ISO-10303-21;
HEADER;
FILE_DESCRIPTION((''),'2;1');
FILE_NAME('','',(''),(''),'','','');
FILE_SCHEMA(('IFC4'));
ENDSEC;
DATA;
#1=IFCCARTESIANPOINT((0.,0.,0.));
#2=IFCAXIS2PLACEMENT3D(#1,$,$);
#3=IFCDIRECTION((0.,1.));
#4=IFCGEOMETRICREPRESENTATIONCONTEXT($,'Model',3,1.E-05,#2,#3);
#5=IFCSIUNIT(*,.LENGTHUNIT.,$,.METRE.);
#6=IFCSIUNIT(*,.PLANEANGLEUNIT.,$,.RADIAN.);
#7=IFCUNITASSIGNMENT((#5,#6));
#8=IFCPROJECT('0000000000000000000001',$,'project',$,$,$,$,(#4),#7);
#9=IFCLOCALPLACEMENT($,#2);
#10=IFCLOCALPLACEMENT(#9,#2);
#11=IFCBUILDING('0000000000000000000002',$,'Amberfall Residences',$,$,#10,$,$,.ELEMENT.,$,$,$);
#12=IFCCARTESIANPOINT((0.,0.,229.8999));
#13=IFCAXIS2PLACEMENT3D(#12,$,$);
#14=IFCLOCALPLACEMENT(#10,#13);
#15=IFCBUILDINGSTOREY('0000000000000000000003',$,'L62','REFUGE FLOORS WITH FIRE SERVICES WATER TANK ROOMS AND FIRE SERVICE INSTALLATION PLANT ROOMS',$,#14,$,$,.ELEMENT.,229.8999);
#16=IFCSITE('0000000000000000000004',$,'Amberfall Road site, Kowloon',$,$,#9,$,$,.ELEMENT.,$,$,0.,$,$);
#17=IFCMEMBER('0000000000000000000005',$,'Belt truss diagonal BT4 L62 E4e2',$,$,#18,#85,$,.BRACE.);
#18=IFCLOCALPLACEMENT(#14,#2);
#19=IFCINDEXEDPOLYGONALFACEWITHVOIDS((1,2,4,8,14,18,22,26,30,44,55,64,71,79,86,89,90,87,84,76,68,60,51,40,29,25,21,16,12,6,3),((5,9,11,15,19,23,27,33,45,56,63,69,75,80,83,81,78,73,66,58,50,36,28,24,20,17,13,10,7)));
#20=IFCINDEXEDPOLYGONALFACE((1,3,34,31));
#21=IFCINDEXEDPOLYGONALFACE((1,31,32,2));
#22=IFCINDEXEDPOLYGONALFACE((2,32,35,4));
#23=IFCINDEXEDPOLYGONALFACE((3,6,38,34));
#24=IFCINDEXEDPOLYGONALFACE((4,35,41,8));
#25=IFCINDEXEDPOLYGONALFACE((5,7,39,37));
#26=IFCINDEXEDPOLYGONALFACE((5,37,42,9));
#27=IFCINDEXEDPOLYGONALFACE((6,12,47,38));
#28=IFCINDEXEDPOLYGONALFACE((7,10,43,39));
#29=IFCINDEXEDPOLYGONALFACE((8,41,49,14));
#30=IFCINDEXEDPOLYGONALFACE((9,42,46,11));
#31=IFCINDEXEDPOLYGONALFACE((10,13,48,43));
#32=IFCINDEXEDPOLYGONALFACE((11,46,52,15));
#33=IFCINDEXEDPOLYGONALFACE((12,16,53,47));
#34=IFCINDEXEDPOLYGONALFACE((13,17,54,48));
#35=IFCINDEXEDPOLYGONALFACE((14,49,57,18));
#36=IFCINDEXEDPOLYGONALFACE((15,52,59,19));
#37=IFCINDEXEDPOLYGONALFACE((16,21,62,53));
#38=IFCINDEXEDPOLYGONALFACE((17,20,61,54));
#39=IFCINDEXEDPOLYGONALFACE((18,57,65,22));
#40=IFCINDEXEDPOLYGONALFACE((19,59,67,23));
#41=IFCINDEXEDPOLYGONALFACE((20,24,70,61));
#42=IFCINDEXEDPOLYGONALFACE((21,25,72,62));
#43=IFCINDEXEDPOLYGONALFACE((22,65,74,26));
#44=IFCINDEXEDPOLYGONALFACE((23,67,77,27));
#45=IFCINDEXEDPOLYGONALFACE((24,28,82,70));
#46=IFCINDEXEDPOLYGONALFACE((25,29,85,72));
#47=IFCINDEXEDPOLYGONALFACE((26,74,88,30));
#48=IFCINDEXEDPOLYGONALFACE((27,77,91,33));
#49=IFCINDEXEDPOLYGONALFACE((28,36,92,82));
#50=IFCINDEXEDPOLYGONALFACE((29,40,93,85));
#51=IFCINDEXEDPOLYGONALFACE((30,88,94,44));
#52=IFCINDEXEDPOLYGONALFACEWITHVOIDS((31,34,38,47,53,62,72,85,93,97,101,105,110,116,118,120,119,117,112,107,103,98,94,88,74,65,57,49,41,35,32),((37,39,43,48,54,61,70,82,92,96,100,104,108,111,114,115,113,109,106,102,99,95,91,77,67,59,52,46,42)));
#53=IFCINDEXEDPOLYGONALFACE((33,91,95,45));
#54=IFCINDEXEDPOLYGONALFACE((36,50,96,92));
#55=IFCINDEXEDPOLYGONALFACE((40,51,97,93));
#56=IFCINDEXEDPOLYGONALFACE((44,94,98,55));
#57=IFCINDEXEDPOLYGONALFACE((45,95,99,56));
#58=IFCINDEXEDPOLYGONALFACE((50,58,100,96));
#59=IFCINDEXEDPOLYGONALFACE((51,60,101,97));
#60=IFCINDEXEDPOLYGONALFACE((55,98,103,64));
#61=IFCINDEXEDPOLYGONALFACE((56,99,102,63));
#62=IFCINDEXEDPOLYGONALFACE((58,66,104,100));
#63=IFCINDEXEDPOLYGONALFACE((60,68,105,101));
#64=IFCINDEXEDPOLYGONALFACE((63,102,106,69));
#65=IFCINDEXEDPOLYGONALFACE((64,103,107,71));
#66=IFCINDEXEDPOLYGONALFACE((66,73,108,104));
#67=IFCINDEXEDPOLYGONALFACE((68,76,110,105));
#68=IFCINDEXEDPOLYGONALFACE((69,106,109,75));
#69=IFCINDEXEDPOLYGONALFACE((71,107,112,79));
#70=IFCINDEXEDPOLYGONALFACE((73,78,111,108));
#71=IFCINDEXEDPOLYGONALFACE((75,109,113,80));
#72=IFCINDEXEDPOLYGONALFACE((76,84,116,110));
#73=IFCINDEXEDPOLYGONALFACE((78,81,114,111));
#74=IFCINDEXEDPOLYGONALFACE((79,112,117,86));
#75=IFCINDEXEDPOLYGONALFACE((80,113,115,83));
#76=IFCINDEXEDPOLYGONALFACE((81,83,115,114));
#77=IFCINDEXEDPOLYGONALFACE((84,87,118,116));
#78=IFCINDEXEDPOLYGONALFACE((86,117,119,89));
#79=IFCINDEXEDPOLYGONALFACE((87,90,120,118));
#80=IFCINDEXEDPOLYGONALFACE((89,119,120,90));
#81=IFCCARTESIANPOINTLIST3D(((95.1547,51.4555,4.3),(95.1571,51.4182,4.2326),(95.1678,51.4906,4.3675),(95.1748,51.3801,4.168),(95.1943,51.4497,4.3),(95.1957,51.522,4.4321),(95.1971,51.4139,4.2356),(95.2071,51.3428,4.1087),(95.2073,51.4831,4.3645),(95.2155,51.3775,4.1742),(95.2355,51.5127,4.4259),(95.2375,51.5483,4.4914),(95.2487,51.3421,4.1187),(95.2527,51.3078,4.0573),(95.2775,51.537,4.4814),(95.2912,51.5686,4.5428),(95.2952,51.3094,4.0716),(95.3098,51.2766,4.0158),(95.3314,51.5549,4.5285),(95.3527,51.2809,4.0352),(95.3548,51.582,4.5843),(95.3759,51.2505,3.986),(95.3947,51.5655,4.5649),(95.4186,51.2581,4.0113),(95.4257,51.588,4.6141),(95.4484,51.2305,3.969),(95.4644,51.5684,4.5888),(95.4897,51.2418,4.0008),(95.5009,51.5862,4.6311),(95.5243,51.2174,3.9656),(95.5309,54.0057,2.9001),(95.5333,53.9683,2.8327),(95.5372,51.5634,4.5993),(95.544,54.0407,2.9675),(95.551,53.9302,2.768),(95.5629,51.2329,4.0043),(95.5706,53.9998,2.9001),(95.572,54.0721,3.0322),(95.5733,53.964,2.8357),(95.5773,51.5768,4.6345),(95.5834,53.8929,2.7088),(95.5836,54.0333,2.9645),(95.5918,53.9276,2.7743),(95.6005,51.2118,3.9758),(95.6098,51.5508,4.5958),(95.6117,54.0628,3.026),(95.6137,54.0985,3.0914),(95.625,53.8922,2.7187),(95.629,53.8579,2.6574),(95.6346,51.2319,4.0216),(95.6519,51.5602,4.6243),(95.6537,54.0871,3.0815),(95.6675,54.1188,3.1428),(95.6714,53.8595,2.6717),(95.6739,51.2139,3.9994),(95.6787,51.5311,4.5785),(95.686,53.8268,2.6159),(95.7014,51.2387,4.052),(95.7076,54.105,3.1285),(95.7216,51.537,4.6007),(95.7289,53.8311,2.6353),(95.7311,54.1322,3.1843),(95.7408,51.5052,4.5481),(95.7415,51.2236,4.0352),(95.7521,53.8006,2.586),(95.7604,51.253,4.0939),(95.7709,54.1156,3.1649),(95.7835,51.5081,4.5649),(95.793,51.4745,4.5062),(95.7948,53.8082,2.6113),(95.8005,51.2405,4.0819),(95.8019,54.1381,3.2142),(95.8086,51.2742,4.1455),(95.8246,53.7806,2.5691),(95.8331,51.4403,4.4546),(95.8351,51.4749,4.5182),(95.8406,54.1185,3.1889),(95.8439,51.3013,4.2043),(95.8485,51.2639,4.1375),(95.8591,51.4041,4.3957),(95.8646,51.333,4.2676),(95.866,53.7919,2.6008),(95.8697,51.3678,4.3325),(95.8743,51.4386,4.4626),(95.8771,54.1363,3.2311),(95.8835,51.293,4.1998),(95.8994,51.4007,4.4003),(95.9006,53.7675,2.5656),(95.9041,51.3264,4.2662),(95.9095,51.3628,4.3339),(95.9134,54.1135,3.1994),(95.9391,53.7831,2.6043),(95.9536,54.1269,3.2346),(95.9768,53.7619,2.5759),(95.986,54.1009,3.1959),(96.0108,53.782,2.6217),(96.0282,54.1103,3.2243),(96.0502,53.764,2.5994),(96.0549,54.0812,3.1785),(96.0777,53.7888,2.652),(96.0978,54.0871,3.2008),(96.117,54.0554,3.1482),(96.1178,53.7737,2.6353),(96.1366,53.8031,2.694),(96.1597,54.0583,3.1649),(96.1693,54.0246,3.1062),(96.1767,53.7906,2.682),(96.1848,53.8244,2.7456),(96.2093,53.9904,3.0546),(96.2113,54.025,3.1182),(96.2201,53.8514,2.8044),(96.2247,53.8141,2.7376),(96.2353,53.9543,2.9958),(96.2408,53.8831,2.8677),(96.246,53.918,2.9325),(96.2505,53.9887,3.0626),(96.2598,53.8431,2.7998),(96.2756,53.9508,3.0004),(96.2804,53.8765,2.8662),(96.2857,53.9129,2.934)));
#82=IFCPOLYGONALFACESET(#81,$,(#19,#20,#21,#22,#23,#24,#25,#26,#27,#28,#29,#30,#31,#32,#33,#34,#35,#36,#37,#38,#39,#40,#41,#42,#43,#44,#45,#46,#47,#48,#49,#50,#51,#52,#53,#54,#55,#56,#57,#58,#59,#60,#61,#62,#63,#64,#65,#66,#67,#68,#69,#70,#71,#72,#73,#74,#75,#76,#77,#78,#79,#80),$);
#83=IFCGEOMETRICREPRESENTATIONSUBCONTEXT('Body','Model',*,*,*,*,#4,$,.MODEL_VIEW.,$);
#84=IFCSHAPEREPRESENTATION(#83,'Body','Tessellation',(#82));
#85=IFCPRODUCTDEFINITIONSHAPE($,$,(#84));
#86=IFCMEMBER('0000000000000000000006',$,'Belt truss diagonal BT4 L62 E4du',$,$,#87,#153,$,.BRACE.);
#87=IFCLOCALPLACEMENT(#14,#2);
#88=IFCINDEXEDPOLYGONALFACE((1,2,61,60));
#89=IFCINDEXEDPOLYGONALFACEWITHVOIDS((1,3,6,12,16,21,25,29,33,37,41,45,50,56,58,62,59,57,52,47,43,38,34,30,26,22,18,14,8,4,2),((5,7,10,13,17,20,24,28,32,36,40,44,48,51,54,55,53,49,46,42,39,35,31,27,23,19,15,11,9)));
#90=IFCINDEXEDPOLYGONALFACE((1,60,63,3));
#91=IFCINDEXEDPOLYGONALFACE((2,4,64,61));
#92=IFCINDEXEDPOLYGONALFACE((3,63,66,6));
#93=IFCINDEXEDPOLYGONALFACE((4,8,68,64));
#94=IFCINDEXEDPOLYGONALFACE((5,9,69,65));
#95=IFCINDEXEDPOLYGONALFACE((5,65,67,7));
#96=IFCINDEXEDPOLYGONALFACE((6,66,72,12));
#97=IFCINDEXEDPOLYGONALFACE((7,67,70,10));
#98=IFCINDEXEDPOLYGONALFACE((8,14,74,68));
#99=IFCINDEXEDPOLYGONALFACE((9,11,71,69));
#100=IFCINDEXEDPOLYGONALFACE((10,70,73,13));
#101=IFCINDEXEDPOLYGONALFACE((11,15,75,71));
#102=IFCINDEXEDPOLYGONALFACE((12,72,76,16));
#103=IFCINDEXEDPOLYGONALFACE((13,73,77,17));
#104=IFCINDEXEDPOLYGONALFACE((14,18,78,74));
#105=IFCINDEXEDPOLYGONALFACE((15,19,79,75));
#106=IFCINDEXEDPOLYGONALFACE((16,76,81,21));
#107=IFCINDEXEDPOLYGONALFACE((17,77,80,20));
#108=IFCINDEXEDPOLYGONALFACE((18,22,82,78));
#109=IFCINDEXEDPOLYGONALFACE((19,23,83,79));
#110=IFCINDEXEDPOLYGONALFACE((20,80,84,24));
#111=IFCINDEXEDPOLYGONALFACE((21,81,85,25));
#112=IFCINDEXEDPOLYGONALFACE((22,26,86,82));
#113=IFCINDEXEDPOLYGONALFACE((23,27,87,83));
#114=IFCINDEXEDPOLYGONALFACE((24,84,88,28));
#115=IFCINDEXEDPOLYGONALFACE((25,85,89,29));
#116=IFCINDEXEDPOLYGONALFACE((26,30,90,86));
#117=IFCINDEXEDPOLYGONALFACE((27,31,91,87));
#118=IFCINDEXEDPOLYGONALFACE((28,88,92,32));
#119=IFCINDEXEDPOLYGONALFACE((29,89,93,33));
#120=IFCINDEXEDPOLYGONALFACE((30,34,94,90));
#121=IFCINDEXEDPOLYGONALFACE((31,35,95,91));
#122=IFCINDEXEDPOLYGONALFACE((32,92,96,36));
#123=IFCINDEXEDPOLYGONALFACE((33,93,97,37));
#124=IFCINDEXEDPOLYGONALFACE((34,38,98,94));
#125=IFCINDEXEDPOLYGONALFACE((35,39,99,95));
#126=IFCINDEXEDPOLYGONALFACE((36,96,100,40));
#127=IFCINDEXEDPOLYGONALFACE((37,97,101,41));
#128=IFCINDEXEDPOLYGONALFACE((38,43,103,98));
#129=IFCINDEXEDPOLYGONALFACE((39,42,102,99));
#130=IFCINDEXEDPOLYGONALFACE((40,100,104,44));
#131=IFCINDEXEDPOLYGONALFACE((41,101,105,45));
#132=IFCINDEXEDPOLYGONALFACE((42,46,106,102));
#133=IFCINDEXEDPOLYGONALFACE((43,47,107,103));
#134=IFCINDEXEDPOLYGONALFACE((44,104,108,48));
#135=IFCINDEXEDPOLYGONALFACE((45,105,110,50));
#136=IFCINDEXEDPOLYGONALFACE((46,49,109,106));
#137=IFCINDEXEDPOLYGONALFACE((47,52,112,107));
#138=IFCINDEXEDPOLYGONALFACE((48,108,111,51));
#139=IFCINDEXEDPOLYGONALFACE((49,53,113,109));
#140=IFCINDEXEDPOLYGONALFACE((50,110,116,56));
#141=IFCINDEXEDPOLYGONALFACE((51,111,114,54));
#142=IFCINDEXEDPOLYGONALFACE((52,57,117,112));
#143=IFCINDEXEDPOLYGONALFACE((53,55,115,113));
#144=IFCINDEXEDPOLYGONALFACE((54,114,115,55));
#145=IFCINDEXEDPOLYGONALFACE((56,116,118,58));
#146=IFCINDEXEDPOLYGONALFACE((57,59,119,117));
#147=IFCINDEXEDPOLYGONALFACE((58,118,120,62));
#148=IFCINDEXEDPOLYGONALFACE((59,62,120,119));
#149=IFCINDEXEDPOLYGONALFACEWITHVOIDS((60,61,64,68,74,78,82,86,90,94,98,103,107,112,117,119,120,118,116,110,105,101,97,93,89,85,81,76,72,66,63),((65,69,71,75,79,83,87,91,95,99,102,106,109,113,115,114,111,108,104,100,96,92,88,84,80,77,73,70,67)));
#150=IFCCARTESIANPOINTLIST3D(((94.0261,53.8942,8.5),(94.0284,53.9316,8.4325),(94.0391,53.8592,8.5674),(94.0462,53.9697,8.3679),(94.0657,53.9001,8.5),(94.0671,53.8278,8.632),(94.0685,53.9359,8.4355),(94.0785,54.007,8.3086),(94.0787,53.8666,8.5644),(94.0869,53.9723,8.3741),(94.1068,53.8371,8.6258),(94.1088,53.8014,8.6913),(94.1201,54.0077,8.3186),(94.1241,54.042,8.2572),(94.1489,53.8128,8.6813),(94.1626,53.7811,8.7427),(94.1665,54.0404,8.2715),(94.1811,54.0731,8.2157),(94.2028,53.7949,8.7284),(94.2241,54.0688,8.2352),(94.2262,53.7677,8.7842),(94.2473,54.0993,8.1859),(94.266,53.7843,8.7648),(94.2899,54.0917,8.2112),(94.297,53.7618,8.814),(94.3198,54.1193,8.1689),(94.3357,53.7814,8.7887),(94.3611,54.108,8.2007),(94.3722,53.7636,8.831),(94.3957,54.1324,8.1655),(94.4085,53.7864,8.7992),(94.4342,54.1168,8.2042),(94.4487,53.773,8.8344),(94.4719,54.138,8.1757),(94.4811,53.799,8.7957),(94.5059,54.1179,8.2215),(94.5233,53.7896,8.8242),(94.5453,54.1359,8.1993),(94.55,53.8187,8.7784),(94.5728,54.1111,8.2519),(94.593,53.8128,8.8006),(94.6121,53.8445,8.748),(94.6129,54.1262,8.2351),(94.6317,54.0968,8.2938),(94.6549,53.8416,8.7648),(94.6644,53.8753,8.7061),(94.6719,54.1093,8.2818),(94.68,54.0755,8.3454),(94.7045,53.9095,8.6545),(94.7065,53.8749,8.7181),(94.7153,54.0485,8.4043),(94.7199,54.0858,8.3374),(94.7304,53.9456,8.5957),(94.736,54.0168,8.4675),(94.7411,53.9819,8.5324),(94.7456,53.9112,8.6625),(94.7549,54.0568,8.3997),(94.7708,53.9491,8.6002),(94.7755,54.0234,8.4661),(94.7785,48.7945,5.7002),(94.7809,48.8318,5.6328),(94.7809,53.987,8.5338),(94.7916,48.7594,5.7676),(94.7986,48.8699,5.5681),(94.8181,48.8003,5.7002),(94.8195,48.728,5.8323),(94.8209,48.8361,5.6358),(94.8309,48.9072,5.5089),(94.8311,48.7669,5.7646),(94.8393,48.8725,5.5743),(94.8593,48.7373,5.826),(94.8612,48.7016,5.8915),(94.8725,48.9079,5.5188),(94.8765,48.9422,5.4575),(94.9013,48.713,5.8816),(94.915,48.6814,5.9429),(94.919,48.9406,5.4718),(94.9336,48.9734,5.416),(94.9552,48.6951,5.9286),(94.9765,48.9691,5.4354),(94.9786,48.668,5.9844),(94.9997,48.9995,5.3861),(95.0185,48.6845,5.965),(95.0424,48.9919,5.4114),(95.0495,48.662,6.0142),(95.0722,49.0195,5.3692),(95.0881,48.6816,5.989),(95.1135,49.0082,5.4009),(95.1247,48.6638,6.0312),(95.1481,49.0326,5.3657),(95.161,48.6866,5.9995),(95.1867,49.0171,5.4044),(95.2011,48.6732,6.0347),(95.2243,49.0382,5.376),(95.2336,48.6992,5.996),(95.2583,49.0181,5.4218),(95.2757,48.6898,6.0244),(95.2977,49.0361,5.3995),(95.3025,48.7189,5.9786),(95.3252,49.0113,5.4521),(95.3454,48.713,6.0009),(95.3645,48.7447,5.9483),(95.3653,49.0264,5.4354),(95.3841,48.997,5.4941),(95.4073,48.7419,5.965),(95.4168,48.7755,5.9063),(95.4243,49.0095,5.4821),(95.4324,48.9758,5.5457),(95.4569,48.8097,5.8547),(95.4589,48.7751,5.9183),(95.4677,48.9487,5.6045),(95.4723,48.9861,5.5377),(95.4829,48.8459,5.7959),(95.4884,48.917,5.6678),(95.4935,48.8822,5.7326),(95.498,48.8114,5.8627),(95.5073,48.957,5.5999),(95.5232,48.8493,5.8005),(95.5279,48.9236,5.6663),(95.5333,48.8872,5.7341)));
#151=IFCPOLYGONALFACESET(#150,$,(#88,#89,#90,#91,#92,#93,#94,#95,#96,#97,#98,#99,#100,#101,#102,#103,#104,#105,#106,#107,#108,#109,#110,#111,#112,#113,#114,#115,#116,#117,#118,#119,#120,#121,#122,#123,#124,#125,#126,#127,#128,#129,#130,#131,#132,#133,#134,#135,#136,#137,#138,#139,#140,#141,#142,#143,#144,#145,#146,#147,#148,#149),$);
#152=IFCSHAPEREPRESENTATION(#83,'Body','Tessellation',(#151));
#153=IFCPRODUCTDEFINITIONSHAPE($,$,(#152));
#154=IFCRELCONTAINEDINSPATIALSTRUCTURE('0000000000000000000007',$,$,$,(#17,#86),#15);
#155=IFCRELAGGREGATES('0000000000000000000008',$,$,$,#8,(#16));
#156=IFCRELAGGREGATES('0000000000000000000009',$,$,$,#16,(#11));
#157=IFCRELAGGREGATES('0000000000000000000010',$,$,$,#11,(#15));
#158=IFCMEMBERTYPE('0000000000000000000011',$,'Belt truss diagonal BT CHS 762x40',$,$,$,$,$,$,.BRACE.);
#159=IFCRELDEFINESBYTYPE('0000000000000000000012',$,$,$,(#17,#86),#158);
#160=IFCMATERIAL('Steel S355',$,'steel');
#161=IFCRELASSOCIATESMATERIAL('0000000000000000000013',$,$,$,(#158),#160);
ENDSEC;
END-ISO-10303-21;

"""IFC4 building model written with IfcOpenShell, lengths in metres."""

from ifc_helpers import new_model, si_unit, direction, frame, origin, origin_2d, place, context, subcontext, project, spatial, hollow_circle, extrude, material, material_profile, profile_set, type_object, element, save


model = new_model("IFC4")

# Units and contexts
model_context = context("Model", 3, precision=1e-05, world=origin(), true_north=direction((0.0, 1.0)))
body_context = subcontext(model_context, "Body", "Model", "MODEL_VIEW")
ifc_project = project(units=[si_unit("LENGTHUNIT", "METRE"), si_unit("PLANEANGLEUNIT", "RADIAN")], contexts=[model_context])

# Site, building, storey
site_placement = place(None, origin())
site = spatial("IfcSite", under=ifc_project, at=site_placement, Name="Amberfall Road site, Kowloon", CompositionType="ELEMENT", RefElevation=0.0)
building_placement = place(site_placement, origin())
building = spatial("IfcBuilding", under=site, at=building_placement, Name="Amberfall Residences", CompositionType="ELEMENT")
storey_placement = place(building_placement, frame((0.0, 0.0, 229.8999)))
storey = spatial("IfcBuildingStorey", under=building, at=storey_placement, Name="L62", Description="REFUGE FLOORS WITH FIRE SERVICES WATER TANK ROOMS AND FIRE SERVICE INSTALLATION PLANT ROOMS", CompositionType="ELEMENT", Elevation=229.8999)

# Shared definitions
ifc_material_1 = material(Name="Steel S355", Category="steel")

# Members
ifc_material_profile_1 = material_profile(ifc_material_1, hollow_circle(Radius=0.3811, WallThickness=0.04, at=origin_2d()), Name="CHS 762x40")
ifc_profile_set_1 = profile_set([ifc_material_profile_1], Name="Steel S355")
member_type_1 = type_object("IfcMemberType", Name="Belt truss diagonal BT CHS 762x40", PredefinedType="BRACE", material=ifc_profile_set_1)
member_1_placement = place(storey_placement, frame((95.5317, 51.3999, 4.3), z_axis=(0.12826, 0.869356, -0.477251), x_axis=(-0.989291, 0.145955, 0.0)))
element("IfcMember", 1, at=member_1_placement, inside=storey, type_object=member_type_1, Name="Belt truss diagonal BT4 L62 E4e2", PredefinedType="BRACE", context=body_context, shape_type="SweptSolid", body=[
    extrude(hollow_circle(Radius=0.3811, WallThickness=0.04, at=origin_2d()), origin(), (0.0, 0.0, 1.0), 2.9333),
])
member_2_placement = place(storey_placement, frame((95.1555, 48.8501, 5.7002), z_axis=(-0.128265, 0.869346, 0.477269), x_axis=(-0.98929, -0.145962, 0.0)))
element("IfcMember", 2, at=member_2_placement, inside=storey, type_object=member_type_1, Name="Belt truss diagonal BT4 L62 E4du", PredefinedType="BRACE", context=body_context, shape_type="SweptSolid", body=[
    extrude(hollow_circle(Radius=0.3811, WallThickness=0.04, at=origin_2d()), origin(), (0.0, 0.0, 1.0), 5.8662),
])

save(model, "model.ifc")
